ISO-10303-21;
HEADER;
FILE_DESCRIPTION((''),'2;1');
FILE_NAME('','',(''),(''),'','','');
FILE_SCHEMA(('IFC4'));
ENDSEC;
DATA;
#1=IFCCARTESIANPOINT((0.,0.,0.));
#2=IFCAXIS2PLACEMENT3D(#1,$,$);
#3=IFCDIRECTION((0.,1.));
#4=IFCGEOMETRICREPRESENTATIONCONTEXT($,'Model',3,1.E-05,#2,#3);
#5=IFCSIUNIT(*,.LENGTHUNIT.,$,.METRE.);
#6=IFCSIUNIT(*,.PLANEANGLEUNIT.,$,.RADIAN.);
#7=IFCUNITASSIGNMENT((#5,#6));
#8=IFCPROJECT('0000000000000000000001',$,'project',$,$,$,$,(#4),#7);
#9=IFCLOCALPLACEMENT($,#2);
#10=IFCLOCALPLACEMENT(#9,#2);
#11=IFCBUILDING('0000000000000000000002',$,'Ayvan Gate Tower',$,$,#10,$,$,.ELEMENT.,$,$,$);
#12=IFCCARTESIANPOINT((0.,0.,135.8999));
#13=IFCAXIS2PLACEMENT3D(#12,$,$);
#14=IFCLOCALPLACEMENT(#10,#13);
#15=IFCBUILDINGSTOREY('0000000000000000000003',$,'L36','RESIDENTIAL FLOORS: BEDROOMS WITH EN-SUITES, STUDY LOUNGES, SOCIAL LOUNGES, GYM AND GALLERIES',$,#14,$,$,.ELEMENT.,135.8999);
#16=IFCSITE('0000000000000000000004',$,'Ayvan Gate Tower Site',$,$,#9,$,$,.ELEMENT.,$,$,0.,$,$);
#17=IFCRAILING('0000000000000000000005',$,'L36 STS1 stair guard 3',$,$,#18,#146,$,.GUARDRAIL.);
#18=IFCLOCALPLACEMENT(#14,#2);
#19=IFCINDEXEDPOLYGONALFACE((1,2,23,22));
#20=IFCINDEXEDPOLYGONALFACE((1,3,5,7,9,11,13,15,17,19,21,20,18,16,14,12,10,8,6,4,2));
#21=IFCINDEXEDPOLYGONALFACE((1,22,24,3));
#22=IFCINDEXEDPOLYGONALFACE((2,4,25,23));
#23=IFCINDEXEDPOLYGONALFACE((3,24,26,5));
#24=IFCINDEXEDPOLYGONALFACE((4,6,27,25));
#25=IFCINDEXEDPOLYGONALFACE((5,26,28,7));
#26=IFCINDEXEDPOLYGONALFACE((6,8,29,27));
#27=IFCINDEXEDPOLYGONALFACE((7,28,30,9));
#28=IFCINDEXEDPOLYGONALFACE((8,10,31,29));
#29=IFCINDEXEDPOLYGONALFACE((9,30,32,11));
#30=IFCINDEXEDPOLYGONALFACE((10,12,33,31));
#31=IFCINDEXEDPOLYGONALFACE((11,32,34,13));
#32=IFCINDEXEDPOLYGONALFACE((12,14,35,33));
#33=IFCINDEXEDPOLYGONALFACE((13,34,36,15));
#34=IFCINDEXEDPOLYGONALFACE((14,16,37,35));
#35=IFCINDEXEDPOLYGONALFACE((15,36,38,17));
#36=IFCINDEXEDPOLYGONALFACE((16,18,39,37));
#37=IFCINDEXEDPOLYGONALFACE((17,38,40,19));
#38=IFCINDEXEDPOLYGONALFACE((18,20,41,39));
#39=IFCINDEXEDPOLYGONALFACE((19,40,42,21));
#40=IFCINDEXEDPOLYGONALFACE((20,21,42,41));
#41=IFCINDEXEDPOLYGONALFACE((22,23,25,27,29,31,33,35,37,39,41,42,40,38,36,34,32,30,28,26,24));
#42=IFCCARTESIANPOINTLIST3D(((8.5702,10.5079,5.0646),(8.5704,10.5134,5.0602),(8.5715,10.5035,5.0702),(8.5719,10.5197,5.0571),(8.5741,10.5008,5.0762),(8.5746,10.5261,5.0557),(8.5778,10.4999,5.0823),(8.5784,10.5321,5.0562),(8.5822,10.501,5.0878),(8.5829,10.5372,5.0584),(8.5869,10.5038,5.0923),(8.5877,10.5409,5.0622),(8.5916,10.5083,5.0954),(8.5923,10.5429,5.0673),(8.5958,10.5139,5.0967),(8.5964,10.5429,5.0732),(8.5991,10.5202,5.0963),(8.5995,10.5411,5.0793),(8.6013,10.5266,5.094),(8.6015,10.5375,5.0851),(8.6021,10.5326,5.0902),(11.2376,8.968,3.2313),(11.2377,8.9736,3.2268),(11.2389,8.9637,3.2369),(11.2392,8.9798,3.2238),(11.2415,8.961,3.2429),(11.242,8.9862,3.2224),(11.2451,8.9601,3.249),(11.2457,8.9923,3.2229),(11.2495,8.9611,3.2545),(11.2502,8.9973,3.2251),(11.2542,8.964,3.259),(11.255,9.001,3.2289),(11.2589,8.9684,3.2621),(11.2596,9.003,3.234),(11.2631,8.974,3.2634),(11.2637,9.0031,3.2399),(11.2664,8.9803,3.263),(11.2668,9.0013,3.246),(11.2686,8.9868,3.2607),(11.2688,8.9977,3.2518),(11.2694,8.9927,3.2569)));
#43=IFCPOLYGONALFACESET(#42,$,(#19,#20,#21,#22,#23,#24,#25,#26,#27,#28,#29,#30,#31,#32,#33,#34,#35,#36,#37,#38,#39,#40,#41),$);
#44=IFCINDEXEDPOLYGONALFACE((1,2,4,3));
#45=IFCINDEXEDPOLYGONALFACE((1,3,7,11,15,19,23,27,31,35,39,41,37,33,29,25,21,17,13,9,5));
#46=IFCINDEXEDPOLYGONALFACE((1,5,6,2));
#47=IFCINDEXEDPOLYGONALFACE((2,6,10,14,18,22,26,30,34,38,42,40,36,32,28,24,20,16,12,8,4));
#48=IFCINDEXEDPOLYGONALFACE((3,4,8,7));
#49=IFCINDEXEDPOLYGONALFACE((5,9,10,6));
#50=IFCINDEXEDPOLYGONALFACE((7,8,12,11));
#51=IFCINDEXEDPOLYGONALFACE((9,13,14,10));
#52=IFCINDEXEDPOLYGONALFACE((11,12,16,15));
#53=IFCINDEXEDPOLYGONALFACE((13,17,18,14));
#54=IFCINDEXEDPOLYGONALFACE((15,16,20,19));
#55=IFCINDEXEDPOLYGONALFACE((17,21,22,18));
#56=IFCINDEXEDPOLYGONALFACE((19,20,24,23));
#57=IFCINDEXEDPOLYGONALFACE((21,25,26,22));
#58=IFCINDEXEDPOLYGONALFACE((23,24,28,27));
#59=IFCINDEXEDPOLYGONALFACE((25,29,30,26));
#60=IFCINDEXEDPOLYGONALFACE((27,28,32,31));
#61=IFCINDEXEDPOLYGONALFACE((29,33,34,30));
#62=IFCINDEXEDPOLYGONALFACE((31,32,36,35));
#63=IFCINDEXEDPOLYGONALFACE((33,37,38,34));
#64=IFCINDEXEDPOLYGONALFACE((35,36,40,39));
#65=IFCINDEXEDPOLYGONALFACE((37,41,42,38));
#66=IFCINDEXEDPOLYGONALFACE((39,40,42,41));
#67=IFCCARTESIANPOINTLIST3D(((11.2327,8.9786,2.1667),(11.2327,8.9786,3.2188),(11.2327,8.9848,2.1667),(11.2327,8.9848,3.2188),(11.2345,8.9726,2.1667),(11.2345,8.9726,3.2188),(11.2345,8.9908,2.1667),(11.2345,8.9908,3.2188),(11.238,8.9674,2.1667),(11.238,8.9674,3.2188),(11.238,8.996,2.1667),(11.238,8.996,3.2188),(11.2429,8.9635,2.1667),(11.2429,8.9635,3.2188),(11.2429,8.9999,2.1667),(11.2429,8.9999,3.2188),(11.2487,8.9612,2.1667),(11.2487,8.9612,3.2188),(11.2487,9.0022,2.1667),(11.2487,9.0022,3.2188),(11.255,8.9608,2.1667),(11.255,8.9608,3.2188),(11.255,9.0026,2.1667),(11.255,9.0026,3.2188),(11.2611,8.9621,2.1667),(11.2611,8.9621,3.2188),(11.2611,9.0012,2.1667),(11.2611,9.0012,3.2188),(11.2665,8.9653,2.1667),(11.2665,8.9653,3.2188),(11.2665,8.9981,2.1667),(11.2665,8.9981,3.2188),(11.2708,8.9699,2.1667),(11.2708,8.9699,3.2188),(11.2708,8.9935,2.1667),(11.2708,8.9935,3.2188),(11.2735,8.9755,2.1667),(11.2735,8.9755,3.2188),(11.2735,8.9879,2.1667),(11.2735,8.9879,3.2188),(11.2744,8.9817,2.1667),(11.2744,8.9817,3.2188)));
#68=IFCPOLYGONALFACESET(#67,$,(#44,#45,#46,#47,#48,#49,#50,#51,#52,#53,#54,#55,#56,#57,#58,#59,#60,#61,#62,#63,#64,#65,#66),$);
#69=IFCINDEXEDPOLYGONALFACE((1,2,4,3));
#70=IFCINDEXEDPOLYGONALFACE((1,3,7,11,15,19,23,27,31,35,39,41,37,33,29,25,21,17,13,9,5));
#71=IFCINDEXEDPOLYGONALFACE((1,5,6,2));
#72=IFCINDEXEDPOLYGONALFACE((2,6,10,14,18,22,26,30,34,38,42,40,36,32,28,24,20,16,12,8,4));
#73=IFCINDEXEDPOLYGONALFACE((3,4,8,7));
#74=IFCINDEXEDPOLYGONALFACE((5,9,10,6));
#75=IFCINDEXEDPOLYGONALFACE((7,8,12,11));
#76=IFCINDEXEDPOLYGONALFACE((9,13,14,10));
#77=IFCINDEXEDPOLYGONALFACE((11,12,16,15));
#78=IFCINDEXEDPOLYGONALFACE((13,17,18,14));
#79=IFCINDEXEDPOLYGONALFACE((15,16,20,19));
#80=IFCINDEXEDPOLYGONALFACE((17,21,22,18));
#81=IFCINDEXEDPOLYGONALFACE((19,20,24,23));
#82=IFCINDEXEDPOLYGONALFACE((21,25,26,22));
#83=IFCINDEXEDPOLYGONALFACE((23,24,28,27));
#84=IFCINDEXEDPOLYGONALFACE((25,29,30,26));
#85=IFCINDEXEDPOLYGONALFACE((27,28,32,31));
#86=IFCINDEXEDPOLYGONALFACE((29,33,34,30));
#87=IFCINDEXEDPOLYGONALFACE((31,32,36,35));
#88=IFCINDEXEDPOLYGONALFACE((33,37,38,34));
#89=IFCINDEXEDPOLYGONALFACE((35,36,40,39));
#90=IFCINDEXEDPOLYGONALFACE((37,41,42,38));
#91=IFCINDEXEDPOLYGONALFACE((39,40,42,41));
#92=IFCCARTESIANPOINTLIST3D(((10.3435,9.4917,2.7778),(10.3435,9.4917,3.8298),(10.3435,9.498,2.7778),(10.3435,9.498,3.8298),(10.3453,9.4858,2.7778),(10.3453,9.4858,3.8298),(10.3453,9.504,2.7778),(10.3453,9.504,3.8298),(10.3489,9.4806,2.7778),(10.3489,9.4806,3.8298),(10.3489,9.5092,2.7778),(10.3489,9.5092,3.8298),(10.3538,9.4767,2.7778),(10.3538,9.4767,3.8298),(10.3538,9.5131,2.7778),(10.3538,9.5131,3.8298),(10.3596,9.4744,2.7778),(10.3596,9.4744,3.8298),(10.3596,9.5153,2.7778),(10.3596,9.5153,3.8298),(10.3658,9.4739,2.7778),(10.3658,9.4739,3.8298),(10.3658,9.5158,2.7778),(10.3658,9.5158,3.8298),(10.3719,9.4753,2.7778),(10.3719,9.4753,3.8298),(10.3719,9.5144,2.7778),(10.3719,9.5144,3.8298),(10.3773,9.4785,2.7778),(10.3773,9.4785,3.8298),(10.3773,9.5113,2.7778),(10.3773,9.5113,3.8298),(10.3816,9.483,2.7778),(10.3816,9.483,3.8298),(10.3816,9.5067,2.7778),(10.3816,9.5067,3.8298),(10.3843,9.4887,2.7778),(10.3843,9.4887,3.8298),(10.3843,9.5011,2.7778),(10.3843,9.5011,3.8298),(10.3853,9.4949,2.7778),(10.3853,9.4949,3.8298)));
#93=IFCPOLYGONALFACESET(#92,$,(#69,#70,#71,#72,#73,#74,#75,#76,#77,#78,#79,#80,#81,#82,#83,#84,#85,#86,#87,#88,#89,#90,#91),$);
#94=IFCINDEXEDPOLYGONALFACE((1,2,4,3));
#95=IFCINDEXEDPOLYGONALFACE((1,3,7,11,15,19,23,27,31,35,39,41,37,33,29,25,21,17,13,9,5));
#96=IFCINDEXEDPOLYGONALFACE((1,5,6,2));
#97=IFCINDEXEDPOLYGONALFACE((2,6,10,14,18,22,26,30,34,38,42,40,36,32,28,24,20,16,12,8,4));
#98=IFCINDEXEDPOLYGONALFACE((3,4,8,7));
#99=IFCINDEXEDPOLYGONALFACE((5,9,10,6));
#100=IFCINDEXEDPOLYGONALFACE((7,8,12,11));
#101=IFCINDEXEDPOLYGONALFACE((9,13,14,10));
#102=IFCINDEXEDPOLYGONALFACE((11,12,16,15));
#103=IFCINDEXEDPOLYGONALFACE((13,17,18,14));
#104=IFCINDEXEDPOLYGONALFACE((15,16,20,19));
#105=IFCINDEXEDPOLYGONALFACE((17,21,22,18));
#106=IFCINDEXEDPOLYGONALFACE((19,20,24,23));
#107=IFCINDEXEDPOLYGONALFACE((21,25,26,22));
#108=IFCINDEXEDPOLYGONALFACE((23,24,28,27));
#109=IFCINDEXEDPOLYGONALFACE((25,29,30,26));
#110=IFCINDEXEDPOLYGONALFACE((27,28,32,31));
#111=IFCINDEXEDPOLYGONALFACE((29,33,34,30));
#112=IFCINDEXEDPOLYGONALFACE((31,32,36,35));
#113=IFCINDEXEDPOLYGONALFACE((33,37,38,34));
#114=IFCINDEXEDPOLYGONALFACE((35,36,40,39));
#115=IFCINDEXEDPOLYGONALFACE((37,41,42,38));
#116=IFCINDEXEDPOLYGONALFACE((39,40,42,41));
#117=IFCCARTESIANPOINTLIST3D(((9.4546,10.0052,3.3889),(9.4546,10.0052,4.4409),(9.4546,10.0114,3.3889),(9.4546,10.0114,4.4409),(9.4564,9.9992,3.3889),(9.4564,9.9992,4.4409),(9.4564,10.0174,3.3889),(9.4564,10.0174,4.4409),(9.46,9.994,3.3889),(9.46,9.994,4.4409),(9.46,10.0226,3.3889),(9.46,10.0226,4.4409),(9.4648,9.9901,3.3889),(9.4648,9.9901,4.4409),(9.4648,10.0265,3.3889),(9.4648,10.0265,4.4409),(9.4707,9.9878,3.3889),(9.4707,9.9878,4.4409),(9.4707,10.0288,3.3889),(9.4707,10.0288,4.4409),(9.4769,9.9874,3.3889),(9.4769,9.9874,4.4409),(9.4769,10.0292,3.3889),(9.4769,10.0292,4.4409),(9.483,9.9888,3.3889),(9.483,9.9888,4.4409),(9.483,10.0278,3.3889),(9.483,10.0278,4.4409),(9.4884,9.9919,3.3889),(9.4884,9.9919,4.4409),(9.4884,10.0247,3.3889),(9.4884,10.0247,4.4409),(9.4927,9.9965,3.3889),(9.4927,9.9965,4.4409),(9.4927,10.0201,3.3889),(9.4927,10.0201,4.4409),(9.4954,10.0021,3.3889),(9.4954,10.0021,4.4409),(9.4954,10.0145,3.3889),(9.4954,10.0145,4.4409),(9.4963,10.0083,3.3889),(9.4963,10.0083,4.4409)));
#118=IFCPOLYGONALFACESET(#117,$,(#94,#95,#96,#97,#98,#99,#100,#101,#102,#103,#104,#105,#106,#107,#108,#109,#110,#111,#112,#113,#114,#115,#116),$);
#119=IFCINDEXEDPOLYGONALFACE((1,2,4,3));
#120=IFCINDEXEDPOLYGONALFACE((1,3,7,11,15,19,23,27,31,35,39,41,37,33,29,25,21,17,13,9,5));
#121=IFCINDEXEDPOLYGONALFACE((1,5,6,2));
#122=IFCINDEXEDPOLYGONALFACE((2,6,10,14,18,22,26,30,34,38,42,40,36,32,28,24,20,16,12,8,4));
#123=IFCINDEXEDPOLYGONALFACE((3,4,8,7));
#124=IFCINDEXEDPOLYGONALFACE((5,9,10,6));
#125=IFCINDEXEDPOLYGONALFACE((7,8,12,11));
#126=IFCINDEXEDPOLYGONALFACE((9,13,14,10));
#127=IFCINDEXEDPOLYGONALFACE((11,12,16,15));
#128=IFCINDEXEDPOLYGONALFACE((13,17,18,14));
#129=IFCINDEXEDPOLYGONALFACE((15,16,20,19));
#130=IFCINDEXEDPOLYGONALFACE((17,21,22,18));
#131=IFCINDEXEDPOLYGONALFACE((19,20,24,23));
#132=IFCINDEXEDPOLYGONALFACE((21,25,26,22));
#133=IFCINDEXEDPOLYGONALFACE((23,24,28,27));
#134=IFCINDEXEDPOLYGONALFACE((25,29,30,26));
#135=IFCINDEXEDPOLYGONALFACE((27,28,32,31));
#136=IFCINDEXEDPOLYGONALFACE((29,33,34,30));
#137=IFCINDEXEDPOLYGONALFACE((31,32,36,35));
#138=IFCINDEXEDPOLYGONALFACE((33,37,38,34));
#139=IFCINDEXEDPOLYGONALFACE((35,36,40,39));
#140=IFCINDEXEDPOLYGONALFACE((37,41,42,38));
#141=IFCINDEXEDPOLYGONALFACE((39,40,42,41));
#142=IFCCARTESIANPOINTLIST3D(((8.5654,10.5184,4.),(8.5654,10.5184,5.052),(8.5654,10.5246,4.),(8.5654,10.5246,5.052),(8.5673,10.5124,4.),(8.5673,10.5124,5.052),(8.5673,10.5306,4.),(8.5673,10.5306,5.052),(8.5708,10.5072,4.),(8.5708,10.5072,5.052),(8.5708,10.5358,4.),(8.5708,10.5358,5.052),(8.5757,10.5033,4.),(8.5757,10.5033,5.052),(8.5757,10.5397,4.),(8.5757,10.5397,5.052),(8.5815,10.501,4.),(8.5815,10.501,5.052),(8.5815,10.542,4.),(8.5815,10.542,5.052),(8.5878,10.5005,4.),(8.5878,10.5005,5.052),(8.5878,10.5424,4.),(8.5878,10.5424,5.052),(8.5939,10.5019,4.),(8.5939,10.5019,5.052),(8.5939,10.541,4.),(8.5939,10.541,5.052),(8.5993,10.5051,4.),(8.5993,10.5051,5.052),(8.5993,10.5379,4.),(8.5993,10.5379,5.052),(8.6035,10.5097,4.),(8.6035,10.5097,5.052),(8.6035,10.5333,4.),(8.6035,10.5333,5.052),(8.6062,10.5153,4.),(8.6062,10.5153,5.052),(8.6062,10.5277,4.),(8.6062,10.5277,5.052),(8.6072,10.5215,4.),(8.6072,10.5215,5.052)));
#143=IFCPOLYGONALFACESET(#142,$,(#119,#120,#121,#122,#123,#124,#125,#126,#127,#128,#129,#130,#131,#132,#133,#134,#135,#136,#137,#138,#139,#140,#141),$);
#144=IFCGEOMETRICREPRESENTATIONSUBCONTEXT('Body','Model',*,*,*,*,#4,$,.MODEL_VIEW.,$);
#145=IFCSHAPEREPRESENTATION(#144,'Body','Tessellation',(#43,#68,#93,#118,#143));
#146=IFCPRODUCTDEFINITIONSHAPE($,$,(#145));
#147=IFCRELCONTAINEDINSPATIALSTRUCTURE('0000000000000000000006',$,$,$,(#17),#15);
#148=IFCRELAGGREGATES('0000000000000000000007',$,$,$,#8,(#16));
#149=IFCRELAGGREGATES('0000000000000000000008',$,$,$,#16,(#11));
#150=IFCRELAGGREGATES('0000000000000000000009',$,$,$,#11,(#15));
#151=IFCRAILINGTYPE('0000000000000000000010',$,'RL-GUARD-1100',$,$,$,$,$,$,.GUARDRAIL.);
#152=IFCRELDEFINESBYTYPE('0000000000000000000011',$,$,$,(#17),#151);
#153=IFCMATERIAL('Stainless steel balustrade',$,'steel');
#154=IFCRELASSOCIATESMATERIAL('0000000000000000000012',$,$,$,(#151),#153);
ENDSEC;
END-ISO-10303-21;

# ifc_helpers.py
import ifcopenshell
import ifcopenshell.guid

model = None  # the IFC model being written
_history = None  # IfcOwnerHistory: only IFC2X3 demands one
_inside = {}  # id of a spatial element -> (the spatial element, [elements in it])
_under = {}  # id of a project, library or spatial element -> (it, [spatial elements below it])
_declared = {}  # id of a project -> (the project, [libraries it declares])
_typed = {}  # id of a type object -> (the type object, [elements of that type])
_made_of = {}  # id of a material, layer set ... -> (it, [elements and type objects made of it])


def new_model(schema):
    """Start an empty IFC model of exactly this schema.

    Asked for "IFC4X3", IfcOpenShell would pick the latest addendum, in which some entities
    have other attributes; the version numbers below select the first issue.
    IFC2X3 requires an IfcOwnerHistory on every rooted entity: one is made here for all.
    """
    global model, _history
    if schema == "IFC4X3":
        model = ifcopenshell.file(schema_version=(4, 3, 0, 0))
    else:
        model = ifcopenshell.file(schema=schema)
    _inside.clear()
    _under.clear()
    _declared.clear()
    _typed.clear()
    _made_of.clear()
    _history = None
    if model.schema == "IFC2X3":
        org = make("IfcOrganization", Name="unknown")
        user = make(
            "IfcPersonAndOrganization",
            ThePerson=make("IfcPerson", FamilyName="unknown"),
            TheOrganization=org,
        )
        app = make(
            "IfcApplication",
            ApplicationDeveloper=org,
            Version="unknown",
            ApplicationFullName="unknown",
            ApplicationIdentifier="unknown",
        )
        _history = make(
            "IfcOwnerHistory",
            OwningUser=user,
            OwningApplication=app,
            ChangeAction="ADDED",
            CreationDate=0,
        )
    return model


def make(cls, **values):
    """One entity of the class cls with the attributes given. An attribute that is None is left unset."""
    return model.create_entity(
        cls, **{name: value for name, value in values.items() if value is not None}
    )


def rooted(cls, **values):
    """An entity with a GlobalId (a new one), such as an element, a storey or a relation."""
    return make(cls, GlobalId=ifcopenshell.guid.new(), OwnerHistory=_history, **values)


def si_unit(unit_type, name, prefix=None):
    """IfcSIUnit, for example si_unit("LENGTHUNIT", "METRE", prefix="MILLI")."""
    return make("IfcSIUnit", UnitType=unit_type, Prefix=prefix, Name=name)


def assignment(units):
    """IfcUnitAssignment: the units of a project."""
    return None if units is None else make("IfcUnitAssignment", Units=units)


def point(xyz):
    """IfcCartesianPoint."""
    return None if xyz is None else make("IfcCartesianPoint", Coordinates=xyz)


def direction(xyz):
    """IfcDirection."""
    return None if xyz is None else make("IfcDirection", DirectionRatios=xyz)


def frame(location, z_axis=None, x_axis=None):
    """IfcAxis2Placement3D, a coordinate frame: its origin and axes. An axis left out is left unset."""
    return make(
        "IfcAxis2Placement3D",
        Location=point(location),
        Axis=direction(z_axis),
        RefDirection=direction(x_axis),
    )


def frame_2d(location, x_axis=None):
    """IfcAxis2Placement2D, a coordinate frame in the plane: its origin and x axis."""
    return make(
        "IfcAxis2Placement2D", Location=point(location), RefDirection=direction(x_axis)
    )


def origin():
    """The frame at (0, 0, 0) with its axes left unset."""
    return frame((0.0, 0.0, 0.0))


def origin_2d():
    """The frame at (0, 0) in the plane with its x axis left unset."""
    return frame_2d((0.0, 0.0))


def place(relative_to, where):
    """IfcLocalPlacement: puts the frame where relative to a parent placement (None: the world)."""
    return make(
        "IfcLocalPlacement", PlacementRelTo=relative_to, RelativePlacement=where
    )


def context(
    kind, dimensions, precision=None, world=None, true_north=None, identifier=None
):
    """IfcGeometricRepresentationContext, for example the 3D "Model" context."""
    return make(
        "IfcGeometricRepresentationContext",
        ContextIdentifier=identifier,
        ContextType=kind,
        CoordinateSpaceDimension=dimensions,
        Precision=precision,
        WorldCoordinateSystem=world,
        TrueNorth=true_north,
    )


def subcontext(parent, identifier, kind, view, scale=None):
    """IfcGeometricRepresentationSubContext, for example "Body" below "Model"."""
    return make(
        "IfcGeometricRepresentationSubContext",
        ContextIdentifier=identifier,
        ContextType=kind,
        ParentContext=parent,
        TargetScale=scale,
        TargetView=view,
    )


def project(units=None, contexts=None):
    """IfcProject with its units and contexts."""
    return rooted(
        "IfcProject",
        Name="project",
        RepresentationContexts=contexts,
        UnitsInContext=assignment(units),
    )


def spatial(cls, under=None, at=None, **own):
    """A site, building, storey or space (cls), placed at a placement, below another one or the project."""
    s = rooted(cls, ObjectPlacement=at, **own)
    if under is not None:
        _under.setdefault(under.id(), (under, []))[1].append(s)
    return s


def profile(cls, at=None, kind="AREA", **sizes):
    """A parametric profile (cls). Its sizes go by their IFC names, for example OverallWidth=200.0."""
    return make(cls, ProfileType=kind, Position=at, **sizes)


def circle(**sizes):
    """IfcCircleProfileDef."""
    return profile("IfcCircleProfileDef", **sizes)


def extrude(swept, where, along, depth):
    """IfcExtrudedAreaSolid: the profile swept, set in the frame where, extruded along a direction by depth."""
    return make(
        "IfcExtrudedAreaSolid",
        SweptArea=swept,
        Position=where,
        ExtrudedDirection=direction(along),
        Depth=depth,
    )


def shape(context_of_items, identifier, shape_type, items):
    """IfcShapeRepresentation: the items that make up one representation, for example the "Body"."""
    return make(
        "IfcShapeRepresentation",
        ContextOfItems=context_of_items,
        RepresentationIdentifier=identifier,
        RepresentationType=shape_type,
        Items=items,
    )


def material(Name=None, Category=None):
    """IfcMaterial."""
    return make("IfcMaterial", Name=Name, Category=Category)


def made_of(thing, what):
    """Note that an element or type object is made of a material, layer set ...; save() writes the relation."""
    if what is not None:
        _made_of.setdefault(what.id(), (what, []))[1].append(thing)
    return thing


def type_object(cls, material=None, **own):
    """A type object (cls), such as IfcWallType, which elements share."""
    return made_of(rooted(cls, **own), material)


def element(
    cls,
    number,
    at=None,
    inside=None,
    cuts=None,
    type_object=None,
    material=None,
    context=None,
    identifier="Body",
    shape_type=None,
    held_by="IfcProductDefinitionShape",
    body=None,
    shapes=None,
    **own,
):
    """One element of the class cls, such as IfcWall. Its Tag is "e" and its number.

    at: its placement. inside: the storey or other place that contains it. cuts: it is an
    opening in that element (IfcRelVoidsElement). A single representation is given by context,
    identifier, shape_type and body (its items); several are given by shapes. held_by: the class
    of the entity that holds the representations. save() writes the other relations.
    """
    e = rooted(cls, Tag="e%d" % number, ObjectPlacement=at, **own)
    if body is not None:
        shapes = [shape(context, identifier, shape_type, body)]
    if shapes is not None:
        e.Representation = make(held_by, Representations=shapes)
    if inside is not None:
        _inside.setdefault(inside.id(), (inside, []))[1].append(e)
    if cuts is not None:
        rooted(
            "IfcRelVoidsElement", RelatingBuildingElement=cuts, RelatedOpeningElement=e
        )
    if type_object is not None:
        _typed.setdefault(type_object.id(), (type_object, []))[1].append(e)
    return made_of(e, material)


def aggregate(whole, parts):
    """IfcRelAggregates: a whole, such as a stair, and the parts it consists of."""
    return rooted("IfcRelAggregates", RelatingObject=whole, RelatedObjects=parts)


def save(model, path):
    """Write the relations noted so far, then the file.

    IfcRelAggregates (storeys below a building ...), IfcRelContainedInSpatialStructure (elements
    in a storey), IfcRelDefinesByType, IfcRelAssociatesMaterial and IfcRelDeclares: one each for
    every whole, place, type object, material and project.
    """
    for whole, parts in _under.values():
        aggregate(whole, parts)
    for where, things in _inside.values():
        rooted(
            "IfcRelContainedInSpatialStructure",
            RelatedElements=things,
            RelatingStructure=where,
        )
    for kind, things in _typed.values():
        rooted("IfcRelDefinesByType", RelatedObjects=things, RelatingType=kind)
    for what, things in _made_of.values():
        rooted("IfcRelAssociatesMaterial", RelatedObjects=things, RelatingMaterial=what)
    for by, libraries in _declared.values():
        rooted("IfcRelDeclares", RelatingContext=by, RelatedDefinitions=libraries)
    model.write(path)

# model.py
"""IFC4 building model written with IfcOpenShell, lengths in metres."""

from ifc_helpers import new_model, si_unit, direction, frame, origin, origin_2d, place, context, subcontext, project, spatial, circle, extrude, material, type_object, element, save


model = new_model("IFC4")

# Units and contexts
model_context = context("Model", 3, precision=1e-05, world=origin(), true_north=direction((0.0, 1.0)))
body_context = subcontext(model_context, "Body", "Model", "MODEL_VIEW")
ifc_project = project(units=[si_unit("LENGTHUNIT", "METRE"), si_unit("PLANEANGLEUNIT", "RADIAN")], contexts=[model_context])

# Site, building, storey
site_placement = place(None, origin())
site = spatial("IfcSite", under=ifc_project, at=site_placement, Name="Ayvan Gate Tower Site", CompositionType="ELEMENT", RefElevation=0.0)
building_placement = place(site_placement, origin())
building = spatial("IfcBuilding", under=site, at=building_placement, Name="Ayvan Gate Tower", CompositionType="ELEMENT")
storey_placement = place(building_placement, frame((0.0, 0.0, 135.8999)))
storey = spatial("IfcBuildingStorey", under=building, at=storey_placement, Name="L36", Description="RESIDENTIAL FLOORS: BEDROOMS WITH EN-SUITES, STUDY LOUNGES, SOCIAL LOUNGES, GYM AND GALLERIES", CompositionType="ELEMENT", Elevation=135.8999)

# Railing
ifc_material_1 = material(Name="Stainless steel balustrade", Category="steel")
railing_type_1 = type_object("IfcRailingType", Name="RL-GUARD-1100", PredefinedType="GUARDRAIL", material=ifc_material_1)
railing_1_placement = place(storey_placement, frame((11.2534, 8.9817, 2.1667)))
element("IfcRailing", 1, at=railing_1_placement, inside=storey, type_object=railing_type_1, Name="L36 STS1 stair guard 3", PredefinedType="GUARDRAIL", context=body_context, shape_type="SweptSolid", body=[
    extrude(circle(Radius=0.0239, at=origin_2d()), frame((0.0, 0.0, 1.0762), z_axis=(-0.744181, 0.429616, 0.511493), x_axis=(-0.499967, -0.866044, 0.0)), (0.0, 0.0, 1.0), 3.5842),
    extrude(circle(Radius=0.021, at=origin_2d()), origin(), (0.0, 0.0, 1.0), 1.052),
    extrude(circle(Radius=0.021, at=origin_2d()), frame((-0.8892, 0.5132, 0.6111)), (0.0, 0.0, 1.0), 1.052),
    extrude(circle(Radius=0.021, at=origin_2d()), frame((-1.7781, 1.0266, 1.2222)), (0.0, 0.0, 1.0), 1.052),
    extrude(circle(Radius=0.021, at=origin_2d()), frame((-2.6672, 1.5398, 1.8333)), (0.0, 0.0, 1.0), 1.052),
])

save(model, "model.ifc")
